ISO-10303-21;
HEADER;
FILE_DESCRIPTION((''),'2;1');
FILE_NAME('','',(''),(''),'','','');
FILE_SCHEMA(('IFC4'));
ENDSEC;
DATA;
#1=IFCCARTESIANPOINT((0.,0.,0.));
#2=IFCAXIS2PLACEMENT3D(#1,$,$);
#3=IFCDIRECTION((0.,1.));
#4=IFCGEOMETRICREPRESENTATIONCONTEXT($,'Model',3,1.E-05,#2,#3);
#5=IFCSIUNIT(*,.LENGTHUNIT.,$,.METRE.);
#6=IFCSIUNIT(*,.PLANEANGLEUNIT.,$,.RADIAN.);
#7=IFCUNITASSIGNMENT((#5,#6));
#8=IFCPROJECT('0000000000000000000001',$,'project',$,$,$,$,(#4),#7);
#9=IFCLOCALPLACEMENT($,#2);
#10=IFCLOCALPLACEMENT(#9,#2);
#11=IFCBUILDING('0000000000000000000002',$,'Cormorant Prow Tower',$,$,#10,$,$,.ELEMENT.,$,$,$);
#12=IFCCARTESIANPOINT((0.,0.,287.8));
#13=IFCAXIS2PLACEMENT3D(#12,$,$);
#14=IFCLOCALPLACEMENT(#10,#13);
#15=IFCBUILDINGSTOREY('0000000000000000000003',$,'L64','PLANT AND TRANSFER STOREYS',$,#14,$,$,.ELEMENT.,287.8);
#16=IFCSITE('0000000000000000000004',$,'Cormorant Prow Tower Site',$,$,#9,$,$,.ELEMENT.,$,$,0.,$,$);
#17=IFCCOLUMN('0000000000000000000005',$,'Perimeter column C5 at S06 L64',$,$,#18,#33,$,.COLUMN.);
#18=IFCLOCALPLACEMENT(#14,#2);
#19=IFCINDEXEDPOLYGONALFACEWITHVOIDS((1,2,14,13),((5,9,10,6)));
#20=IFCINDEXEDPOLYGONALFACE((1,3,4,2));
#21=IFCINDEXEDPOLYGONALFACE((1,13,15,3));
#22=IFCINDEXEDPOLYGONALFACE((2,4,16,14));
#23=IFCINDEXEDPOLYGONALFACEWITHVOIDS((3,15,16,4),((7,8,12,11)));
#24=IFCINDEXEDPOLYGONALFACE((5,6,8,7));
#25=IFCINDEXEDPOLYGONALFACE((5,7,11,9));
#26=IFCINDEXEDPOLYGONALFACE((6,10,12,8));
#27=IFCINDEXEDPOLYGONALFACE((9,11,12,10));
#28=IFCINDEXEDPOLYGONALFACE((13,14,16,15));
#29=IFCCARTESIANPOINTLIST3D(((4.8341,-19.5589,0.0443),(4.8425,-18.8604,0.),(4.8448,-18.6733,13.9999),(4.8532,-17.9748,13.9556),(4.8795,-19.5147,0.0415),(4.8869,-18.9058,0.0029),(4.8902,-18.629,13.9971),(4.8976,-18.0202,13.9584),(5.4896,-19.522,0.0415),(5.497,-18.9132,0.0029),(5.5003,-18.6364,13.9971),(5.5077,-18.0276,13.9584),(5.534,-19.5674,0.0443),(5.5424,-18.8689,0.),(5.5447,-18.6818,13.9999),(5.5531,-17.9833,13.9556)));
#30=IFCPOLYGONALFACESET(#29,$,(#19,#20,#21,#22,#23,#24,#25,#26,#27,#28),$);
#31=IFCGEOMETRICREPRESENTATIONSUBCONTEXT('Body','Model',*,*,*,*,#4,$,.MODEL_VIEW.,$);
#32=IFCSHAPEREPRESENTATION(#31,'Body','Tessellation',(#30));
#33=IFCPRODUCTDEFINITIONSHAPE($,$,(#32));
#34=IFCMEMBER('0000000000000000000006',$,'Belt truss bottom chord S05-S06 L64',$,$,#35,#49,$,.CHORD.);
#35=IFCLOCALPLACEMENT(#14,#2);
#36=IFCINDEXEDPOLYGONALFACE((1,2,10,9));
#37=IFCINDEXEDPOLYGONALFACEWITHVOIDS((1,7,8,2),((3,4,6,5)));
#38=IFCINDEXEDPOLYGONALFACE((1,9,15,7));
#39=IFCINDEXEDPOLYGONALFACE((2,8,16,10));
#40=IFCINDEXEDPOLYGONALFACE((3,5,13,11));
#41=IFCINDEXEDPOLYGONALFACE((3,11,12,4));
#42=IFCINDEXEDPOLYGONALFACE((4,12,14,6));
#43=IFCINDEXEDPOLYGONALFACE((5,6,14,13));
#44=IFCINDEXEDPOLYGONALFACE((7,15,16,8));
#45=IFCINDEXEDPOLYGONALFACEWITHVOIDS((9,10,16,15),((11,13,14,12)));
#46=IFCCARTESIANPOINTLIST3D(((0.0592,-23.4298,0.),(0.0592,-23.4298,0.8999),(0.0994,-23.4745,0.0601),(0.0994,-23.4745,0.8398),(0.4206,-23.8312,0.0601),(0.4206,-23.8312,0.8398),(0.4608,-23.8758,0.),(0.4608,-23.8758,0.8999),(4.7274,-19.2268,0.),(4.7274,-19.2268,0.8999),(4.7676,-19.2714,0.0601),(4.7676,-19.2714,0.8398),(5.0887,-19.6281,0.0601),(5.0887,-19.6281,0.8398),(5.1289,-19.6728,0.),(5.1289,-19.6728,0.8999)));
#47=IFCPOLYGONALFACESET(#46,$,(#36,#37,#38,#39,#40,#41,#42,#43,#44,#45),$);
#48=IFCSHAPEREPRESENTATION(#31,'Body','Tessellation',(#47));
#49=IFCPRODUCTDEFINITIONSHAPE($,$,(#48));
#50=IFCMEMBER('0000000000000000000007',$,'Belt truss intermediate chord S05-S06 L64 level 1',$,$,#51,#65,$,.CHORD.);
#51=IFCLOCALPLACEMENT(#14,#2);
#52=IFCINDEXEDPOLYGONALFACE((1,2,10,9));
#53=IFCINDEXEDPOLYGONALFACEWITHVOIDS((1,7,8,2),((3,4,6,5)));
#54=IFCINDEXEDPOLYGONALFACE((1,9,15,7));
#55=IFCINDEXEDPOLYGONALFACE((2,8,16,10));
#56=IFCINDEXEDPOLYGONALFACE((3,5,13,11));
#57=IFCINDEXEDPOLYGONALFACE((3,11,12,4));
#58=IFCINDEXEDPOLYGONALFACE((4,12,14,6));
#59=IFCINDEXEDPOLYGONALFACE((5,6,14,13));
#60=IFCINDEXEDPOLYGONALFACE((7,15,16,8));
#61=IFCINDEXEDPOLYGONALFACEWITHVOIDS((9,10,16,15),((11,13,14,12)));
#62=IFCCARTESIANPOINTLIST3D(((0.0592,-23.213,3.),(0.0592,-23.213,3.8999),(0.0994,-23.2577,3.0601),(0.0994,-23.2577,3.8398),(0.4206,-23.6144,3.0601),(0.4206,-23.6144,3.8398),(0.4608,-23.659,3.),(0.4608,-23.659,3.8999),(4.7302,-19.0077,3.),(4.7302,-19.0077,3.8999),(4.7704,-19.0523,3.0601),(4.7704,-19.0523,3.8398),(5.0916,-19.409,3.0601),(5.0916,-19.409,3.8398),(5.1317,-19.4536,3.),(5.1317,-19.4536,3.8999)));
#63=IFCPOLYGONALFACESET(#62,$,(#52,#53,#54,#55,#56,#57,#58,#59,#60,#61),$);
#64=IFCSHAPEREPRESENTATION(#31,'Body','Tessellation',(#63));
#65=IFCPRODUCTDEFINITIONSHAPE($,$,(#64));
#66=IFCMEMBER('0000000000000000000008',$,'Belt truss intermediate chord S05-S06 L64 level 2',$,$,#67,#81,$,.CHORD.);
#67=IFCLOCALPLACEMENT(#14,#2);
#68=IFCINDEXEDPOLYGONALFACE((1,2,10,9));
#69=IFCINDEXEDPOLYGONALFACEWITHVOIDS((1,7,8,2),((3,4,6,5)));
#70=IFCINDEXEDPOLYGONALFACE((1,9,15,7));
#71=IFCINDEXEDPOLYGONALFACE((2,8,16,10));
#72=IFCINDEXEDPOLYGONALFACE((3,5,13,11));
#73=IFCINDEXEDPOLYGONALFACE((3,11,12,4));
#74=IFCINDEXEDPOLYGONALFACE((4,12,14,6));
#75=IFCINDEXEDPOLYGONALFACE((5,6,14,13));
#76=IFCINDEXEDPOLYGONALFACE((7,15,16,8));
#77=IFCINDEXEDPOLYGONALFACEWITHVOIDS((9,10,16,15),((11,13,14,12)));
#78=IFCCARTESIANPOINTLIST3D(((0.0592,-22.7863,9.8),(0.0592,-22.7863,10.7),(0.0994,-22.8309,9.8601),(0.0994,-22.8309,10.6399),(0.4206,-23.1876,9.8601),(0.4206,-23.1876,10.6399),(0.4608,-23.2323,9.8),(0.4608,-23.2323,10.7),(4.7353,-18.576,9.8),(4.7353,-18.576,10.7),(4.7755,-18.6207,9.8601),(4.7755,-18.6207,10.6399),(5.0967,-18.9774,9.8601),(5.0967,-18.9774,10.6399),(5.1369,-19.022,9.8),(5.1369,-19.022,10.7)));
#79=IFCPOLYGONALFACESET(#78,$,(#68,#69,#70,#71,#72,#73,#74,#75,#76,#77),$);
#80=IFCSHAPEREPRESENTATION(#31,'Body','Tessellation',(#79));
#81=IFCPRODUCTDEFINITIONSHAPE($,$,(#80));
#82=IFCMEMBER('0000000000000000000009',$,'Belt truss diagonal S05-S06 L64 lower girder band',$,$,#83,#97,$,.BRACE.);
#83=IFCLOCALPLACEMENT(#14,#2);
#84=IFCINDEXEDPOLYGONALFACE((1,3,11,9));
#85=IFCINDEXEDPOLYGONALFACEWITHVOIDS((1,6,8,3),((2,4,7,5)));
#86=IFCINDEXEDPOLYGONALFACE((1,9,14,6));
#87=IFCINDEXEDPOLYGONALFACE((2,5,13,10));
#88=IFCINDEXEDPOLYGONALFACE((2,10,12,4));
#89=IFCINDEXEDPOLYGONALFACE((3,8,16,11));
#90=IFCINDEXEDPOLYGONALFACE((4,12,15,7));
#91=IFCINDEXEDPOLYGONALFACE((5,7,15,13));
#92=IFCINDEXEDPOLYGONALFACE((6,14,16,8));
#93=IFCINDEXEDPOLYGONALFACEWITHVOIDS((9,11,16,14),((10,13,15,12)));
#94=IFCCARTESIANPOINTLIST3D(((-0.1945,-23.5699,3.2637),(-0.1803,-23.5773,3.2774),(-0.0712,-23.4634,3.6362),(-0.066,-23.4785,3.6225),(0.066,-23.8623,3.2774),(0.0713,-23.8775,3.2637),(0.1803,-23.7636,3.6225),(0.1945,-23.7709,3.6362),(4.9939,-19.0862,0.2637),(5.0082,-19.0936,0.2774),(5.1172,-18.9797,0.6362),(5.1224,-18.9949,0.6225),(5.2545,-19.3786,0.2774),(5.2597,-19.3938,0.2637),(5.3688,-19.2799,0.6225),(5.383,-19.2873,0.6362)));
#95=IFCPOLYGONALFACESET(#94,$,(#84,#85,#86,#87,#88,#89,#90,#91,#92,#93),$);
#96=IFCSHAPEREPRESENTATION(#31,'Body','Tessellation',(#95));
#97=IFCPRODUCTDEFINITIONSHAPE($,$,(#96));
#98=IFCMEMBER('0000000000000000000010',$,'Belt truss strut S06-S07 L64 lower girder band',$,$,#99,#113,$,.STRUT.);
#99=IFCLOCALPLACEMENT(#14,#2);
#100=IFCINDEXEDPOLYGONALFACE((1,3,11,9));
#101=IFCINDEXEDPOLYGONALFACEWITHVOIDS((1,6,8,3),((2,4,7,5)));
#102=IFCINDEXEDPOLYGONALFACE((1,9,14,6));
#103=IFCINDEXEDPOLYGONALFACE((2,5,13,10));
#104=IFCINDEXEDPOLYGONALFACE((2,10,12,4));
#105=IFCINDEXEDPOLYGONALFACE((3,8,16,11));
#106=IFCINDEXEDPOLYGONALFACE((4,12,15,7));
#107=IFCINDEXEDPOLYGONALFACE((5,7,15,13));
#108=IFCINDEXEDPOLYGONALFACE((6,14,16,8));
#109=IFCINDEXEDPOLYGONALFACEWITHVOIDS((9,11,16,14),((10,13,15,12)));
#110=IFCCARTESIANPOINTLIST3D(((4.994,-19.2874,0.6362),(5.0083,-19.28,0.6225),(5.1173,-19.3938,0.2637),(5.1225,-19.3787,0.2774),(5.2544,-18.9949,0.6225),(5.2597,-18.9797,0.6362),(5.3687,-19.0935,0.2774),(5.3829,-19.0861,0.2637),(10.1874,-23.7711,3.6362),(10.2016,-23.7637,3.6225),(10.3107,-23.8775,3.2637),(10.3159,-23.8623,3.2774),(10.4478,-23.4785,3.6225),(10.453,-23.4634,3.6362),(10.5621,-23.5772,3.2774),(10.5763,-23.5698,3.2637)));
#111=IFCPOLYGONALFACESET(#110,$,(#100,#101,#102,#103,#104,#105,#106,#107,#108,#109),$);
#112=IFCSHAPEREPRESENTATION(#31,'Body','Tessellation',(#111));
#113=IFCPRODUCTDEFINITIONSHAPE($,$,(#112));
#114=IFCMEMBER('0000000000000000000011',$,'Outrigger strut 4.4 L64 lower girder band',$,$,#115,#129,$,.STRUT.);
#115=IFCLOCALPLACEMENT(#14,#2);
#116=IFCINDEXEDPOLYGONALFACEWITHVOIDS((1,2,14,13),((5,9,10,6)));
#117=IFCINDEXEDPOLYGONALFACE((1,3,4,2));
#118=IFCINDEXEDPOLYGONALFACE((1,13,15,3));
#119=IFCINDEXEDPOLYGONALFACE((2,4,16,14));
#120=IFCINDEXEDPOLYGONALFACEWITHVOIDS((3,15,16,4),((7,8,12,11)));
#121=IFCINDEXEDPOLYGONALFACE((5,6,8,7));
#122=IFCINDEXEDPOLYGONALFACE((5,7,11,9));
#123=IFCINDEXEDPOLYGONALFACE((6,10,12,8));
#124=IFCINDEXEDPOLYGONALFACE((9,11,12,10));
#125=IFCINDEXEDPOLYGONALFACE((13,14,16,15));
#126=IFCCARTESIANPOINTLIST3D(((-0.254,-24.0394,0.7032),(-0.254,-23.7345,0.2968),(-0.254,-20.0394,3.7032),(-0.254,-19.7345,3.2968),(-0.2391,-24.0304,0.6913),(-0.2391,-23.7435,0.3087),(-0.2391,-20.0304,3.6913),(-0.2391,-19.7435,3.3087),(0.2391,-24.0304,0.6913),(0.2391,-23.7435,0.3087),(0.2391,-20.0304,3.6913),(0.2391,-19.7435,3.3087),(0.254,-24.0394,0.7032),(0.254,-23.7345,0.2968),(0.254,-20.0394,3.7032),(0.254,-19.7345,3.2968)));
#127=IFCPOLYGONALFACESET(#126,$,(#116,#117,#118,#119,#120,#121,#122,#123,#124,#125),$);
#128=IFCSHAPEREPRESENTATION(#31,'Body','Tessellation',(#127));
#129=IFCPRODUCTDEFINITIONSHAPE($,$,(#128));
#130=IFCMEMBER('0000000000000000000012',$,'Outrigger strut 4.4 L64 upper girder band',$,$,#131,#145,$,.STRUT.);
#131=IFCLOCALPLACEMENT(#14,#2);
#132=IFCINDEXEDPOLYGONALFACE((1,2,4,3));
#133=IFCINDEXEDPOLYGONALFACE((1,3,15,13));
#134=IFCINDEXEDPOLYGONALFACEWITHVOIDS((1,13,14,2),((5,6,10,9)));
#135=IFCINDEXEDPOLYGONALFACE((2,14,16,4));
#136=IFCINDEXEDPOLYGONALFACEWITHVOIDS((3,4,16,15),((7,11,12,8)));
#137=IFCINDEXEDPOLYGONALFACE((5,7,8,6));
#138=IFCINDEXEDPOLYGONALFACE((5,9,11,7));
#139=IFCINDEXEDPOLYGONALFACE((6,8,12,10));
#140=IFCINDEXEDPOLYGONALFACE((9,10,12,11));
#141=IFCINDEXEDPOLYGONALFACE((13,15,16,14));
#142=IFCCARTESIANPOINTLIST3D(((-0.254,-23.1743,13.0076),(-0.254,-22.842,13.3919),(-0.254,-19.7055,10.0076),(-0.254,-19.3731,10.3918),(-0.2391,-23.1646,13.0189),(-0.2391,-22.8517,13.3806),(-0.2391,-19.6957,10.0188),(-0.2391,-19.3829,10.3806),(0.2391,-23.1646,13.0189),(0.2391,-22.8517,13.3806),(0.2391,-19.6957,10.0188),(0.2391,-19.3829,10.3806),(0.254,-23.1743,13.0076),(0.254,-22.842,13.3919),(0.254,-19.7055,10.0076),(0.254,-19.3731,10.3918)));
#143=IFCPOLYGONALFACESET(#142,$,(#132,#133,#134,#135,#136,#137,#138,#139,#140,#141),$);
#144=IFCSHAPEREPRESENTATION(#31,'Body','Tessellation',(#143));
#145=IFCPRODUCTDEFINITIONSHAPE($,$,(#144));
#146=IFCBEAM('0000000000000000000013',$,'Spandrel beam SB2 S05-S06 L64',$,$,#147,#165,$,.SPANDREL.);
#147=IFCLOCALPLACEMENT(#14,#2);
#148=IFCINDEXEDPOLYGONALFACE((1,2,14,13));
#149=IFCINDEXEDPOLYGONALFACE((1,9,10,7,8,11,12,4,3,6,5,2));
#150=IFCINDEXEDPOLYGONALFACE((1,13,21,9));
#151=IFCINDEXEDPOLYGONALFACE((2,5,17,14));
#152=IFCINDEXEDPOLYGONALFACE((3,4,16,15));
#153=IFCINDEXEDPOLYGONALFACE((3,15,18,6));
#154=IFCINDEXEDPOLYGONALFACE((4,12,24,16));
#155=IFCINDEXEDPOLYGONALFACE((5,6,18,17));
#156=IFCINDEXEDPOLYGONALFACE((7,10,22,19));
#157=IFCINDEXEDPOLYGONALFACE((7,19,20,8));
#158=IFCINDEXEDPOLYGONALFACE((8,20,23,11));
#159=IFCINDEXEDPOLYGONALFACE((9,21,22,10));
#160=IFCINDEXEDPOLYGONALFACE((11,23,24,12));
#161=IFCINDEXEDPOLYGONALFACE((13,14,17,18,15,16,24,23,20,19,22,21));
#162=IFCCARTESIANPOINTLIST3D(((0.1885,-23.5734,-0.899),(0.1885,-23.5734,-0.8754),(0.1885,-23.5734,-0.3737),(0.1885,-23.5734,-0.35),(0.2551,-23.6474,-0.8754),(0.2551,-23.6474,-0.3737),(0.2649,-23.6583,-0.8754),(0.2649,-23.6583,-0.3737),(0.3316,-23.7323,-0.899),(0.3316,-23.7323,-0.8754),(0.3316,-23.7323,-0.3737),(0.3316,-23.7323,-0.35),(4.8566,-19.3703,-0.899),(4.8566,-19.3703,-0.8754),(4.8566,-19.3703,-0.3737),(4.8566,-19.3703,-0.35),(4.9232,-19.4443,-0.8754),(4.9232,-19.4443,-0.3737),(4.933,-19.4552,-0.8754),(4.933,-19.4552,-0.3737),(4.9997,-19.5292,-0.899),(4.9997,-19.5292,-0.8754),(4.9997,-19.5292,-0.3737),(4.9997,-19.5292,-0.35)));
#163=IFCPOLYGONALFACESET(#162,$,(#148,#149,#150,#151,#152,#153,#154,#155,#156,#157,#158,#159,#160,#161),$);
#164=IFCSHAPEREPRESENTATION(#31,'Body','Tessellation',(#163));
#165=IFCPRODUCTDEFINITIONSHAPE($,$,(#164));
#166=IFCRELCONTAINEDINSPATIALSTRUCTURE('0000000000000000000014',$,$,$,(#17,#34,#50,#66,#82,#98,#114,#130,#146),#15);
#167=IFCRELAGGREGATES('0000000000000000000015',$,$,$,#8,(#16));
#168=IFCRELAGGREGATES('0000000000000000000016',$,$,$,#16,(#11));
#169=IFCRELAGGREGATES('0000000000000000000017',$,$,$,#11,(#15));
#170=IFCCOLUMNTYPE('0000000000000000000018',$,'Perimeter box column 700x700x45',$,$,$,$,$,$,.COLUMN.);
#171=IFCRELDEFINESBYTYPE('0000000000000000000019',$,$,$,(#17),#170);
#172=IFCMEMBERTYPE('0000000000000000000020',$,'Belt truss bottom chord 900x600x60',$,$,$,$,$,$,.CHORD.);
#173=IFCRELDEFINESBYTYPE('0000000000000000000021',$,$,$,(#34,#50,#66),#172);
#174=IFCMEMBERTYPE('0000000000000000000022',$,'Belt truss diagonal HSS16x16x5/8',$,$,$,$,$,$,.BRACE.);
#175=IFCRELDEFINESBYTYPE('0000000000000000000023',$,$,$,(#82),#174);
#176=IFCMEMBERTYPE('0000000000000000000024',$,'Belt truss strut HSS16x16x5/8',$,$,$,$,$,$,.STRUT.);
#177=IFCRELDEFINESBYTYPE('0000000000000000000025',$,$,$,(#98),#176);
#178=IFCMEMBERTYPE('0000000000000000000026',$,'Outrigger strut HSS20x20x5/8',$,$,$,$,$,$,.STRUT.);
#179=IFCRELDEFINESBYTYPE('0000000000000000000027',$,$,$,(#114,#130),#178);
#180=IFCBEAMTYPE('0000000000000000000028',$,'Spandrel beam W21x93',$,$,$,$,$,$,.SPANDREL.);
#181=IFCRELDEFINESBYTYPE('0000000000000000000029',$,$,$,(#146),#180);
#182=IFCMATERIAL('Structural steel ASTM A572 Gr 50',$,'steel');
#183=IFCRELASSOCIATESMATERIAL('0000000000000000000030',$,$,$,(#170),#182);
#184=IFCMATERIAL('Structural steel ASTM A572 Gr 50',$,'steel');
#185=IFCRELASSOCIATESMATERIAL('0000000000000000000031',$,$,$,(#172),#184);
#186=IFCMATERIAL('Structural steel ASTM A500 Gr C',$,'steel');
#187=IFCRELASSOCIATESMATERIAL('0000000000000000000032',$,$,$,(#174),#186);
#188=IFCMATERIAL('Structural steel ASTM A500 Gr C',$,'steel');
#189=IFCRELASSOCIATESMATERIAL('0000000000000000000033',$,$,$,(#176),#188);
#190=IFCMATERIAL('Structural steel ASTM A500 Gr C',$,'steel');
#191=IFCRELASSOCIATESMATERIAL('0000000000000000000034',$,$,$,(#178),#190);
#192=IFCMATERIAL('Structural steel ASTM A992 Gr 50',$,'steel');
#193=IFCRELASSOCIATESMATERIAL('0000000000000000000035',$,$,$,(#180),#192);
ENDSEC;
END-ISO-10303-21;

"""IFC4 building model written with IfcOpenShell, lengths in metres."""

from ifc_helpers import new_model, si_unit, direction, frame, origin, origin_2d, place, context, subcontext, project, spatial, hollow_rectangle, i_section, extrude, material, material_profile, profile_set, type_object, element, save


model = new_model("IFC4")

# Units and contexts
model_context = context("Model", 3, precision=1e-05, world=origin(), true_north=direction((0.0, 1.0)))
body_context = subcontext(model_context, "Body", "Model", "MODEL_VIEW")
ifc_project = project(units=[si_unit("LENGTHUNIT", "METRE"), si_unit("PLANEANGLEUNIT", "RADIAN")], contexts=[model_context])

# Site, building, storey
site_placement = place(None, origin())
site = spatial("IfcSite", under=ifc_project, at=site_placement, Name="Cormorant Prow Tower Site", CompositionType="ELEMENT", RefElevation=0.0)
building_placement = place(site_placement, origin())
building = spatial("IfcBuilding", under=site, at=building_placement, Name="Cormorant Prow Tower", CompositionType="ELEMENT")
storey_placement = place(building_placement, frame((0.0, 0.0, 287.8)))
storey = spatial("IfcBuildingStorey", under=building, at=storey_placement, Name="L64", Description="PLANT AND TRANSFER STOREYS", CompositionType="ELEMENT", Elevation=287.8)

# Column
ifc_material_1 = material(Name="Structural steel ASTM A572 Gr 50", Category="steel")
ifc_material_profile_1 = material_profile(ifc_material_1, hollow_rectangle(XDim=0.7, YDim=0.7, WallThickness=0.0449, at=origin_2d()), Name="Box 700x700x45")
ifc_profile_set_1 = profile_set([ifc_material_profile_1], Name="Structural steel ASTM A572 Gr 50")
column_type = type_object("IfcColumnType", Name="Perimeter box column 700x700x45", PredefinedType="COLUMN", material=ifc_profile_set_1)
column_placement = place(storey_placement, frame((5.1882, -19.2153, 0.0), z_axis=(0.000766, 0.063332, 0.997992), x_axis=(-0.999927, 0.01209, 0.0)))
element("IfcColumn", 1, at=column_placement, inside=storey, type_object=column_type, Name="Perimeter column C5 at S06 L64", PredefinedType="COLUMN", context=body_context, shape_type="SweptSolid", body=[
    extrude(hollow_rectangle(XDim=0.7, YDim=0.7, WallThickness=0.0449, at=origin_2d()), frame((0.0, 0.0, 0.0222)), (0.0, 0.0, 1.0), 13.9836),
])

# Members
ifc_material_2 = material(Name="Structural steel ASTM A572 Gr 50", Category="steel")
ifc_material_profile_2 = material_profile(ifc_material_2, hollow_rectangle(XDim=0.6001, YDim=0.8999, WallThickness=0.0601, at=origin_2d()), Name="Box 900x600x60")
ifc_profile_set_2 = profile_set([ifc_material_profile_2], Name="Structural steel ASTM A572 Gr 50")
member_type_1 = type_object("IfcMemberType", Name="Belt truss bottom chord 900x600x60", PredefinedType="CHORD", material=ifc_profile_set_2)
member_1_placement = place(storey_placement, frame((0.26, -23.6528, 0.45), z_axis=(0.743157, 0.669117, 0.0), x_axis=(-0.669117, 0.743157, 0.0)))
element("IfcMember", 2, at=member_1_placement, inside=storey, type_object=member_type_1, Name="Belt truss bottom chord S05-S06 L64", PredefinedType="CHORD", context=body_context, shape_type="SweptSolid", body=[
    extrude(hollow_rectangle(XDim=0.6001, YDim=0.8999, WallThickness=0.0601, at=origin_2d()), origin(), (0.0, 0.0, 1.0), 6.2815),
])
member_2_placement = place(storey_placement, frame((0.26, -23.436, 3.45), z_axis=(0.743174, 0.669098, 0.0), x_axis=(-0.669098, 0.743174, 0.0)))
element("IfcMember", 3, at=member_2_placement, inside=storey, type_object=member_type_1, Name="Belt truss intermediate chord S05-S06 L64 level 1", PredefinedType="CHORD", context=body_context, shape_type="SweptSolid", body=[
    extrude(hollow_rectangle(XDim=0.6001, YDim=0.8999, WallThickness=0.0601, at=origin_2d()), origin(), (0.0, 0.0, 1.0), 6.2852),
])
member_3_placement = place(storey_placement, frame((0.26, -23.0093, 10.25), z_axis=(0.743153, 0.669121, 0.0), x_axis=(-0.669121, 0.743153, 0.0)))
element("IfcMember", 4, at=member_3_placement, inside=storey, type_object=member_type_1, Name="Belt truss intermediate chord S05-S06 L64 level 2", PredefinedType="CHORD", context=body_context, shape_type="SweptSolid", body=[
    extrude(hollow_rectangle(XDim=0.6001, YDim=0.8999, WallThickness=0.0601, at=origin_2d()), origin(), (0.0, 0.0, 1.0), 6.2922),
])
ifc_material_3 = material(Name="Structural steel ASTM A500 Gr C", Category="steel")
ifc_material_profile_3 = material_profile(ifc_material_3, hollow_rectangle(XDim=0.4065, YDim=0.4065, WallThickness=0.0149, at=origin_2d()), Name="HSS16x16x5/8")
ifc_profile_set_3 = profile_set([ifc_material_profile_3], Name="Structural steel ASTM A500 Gr C")
member_type_2 = type_object("IfcMemberType", Name="Belt truss diagonal HSS16x16x5/8", PredefinedType="BRACE", material=ifc_profile_set_3)
member_4_placement = place(storey_placement, frame((5.1885, -19.1868, 0.45), z_axis=(-0.693195, -0.599027, 0.400808), x_axis=(0.653844, -0.756629, 0.0)))
element("IfcMember", 5, at=member_4_placement, inside=storey, type_object=member_type_2, Name="Belt truss diagonal S05-S06 L64 lower girder band", PredefinedType="BRACE", context=body_context, shape_type="SweptSolid", body=[
    extrude(hollow_rectangle(XDim=0.4065, YDim=0.4065, WallThickness=0.0149, at=origin_2d()), origin(), (0.0, 0.0, 1.0), 7.4849),
])
ifc_material_4 = material(Name="Structural steel ASTM A500 Gr C", Category="steel")
ifc_material_profile_4 = material_profile(ifc_material_4, hollow_rectangle(XDim=0.4065, YDim=0.4065, WallThickness=0.0149, at=origin_2d()), Name="HSS16x16x5/8")
ifc_profile_set_4 = profile_set([ifc_material_profile_4], Name="Structural steel ASTM A500 Gr C")
member_type_3 = type_object("IfcMemberType", Name="Belt truss strut HSS16x16x5/8", PredefinedType="STRUT", material=ifc_profile_set_4)
member_5_placement = place(storey_placement, frame((5.1885, -19.1868, 0.45), z_axis=(0.693534, -0.598756, 0.400627), x_axis=(0.653492, 0.756933, 0.0)))
element("IfcMember", 6, at=member_5_placement, inside=storey, type_object=member_type_3, Name="Belt truss strut S06-S07 L64 lower girder band", PredefinedType="STRUT", context=body_context, shape_type="SweptSolid", body=[
    extrude(hollow_rectangle(XDim=0.4065, YDim=0.4065, WallThickness=0.0149, at=origin_2d()), origin(), (0.0, 0.0, 1.0), 7.4883),
])
ifc_material_5 = material(Name="Structural steel ASTM A500 Gr C", Category="steel")
ifc_material_profile_5 = material_profile(ifc_material_5, hollow_rectangle(XDim=0.5081, YDim=0.5081, WallThickness=0.0149, at=origin_2d()), Name="HSS20x20x5/8")
ifc_profile_set_5 = profile_set([ifc_material_profile_5], Name="Structural steel ASTM A500 Gr C")
member_type_4 = type_object("IfcMemberType", Name="Outrigger strut HSS20x20x5/8", PredefinedType="STRUT", material=ifc_profile_set_5)
member_6_placement = place(storey_placement, frame((0.0, -19.887, 3.5), z_axis=(0.0, -0.8, -0.6), x_axis=(1.0, 0.0, 0.0)))
element("IfcMember", 7, at=member_6_placement, inside=storey, type_object=member_type_4, Name="Outrigger strut 4.4 L64 lower girder band", PredefinedType="STRUT", context=body_context, shape_type="SweptSolid", body=[
    extrude(hollow_rectangle(XDim=0.5081, YDim=0.5081, WallThickness=0.0149, at=origin_2d()), origin(), (0.0, 0.0, 1.0), 5.0),
])
member_7_placement = place(storey_placement, frame((0.0, -19.5393, 10.1997), z_axis=(0.0, -0.756363, 0.654152), x_axis=(1.0, 0.0, 0.0)))
element("IfcMember", 8, at=member_7_placement, inside=storey, type_object=member_type_4, Name="Outrigger strut 4.4 L64 upper girder band", PredefinedType="STRUT", context=body_context, shape_type="SweptSolid", body=[
    extrude(hollow_rectangle(XDim=0.5081, YDim=0.5081, WallThickness=0.0149, at=origin_2d()), origin(), (0.0, 0.0, 1.0), 4.5862),
])

# Beam
ifc_material_6 = material(Name="Structural steel ASTM A992 Gr 50", Category="steel")
ifc_material_profile_6 = material_profile(ifc_material_6, i_section(OverallWidth=0.2139, OverallDepth=0.5491, WebThickness=0.0146, FlangeThickness=0.0237, at=origin_2d()), Name="W21x93")
ifc_profile_set_6 = profile_set([ifc_material_profile_6], Name="Structural steel ASTM A992 Gr 50")
beam_type = type_object("IfcBeamType", Name="Spandrel beam W21x93", PredefinedType="SPANDREL", material=ifc_profile_set_6)
for number, where, z_axis, x_axis, name in (
    (9, (0.26, -23.6528, -0.6245), (0.743157, 0.669117, 0.0), (-0.669117, 0.743157, 0.0), "Spandrel beam SB2 S05-S06 L64"),
):
    element("IfcBeam", number, at=place(storey_placement, frame(where, z_axis=z_axis, x_axis=x_axis)), inside=storey, type_object=beam_type, Name=name, PredefinedType="SPANDREL", context=body_context, shape_type="SweptSolid", body=[
        extrude(i_section(OverallWidth=0.2139, OverallDepth=0.5491, WebThickness=0.0146, FlangeThickness=0.0237, at=origin_2d()), origin(), (0.0, 0.0, 1.0), 6.2815),
    ])

save(model, "model.ifc")
